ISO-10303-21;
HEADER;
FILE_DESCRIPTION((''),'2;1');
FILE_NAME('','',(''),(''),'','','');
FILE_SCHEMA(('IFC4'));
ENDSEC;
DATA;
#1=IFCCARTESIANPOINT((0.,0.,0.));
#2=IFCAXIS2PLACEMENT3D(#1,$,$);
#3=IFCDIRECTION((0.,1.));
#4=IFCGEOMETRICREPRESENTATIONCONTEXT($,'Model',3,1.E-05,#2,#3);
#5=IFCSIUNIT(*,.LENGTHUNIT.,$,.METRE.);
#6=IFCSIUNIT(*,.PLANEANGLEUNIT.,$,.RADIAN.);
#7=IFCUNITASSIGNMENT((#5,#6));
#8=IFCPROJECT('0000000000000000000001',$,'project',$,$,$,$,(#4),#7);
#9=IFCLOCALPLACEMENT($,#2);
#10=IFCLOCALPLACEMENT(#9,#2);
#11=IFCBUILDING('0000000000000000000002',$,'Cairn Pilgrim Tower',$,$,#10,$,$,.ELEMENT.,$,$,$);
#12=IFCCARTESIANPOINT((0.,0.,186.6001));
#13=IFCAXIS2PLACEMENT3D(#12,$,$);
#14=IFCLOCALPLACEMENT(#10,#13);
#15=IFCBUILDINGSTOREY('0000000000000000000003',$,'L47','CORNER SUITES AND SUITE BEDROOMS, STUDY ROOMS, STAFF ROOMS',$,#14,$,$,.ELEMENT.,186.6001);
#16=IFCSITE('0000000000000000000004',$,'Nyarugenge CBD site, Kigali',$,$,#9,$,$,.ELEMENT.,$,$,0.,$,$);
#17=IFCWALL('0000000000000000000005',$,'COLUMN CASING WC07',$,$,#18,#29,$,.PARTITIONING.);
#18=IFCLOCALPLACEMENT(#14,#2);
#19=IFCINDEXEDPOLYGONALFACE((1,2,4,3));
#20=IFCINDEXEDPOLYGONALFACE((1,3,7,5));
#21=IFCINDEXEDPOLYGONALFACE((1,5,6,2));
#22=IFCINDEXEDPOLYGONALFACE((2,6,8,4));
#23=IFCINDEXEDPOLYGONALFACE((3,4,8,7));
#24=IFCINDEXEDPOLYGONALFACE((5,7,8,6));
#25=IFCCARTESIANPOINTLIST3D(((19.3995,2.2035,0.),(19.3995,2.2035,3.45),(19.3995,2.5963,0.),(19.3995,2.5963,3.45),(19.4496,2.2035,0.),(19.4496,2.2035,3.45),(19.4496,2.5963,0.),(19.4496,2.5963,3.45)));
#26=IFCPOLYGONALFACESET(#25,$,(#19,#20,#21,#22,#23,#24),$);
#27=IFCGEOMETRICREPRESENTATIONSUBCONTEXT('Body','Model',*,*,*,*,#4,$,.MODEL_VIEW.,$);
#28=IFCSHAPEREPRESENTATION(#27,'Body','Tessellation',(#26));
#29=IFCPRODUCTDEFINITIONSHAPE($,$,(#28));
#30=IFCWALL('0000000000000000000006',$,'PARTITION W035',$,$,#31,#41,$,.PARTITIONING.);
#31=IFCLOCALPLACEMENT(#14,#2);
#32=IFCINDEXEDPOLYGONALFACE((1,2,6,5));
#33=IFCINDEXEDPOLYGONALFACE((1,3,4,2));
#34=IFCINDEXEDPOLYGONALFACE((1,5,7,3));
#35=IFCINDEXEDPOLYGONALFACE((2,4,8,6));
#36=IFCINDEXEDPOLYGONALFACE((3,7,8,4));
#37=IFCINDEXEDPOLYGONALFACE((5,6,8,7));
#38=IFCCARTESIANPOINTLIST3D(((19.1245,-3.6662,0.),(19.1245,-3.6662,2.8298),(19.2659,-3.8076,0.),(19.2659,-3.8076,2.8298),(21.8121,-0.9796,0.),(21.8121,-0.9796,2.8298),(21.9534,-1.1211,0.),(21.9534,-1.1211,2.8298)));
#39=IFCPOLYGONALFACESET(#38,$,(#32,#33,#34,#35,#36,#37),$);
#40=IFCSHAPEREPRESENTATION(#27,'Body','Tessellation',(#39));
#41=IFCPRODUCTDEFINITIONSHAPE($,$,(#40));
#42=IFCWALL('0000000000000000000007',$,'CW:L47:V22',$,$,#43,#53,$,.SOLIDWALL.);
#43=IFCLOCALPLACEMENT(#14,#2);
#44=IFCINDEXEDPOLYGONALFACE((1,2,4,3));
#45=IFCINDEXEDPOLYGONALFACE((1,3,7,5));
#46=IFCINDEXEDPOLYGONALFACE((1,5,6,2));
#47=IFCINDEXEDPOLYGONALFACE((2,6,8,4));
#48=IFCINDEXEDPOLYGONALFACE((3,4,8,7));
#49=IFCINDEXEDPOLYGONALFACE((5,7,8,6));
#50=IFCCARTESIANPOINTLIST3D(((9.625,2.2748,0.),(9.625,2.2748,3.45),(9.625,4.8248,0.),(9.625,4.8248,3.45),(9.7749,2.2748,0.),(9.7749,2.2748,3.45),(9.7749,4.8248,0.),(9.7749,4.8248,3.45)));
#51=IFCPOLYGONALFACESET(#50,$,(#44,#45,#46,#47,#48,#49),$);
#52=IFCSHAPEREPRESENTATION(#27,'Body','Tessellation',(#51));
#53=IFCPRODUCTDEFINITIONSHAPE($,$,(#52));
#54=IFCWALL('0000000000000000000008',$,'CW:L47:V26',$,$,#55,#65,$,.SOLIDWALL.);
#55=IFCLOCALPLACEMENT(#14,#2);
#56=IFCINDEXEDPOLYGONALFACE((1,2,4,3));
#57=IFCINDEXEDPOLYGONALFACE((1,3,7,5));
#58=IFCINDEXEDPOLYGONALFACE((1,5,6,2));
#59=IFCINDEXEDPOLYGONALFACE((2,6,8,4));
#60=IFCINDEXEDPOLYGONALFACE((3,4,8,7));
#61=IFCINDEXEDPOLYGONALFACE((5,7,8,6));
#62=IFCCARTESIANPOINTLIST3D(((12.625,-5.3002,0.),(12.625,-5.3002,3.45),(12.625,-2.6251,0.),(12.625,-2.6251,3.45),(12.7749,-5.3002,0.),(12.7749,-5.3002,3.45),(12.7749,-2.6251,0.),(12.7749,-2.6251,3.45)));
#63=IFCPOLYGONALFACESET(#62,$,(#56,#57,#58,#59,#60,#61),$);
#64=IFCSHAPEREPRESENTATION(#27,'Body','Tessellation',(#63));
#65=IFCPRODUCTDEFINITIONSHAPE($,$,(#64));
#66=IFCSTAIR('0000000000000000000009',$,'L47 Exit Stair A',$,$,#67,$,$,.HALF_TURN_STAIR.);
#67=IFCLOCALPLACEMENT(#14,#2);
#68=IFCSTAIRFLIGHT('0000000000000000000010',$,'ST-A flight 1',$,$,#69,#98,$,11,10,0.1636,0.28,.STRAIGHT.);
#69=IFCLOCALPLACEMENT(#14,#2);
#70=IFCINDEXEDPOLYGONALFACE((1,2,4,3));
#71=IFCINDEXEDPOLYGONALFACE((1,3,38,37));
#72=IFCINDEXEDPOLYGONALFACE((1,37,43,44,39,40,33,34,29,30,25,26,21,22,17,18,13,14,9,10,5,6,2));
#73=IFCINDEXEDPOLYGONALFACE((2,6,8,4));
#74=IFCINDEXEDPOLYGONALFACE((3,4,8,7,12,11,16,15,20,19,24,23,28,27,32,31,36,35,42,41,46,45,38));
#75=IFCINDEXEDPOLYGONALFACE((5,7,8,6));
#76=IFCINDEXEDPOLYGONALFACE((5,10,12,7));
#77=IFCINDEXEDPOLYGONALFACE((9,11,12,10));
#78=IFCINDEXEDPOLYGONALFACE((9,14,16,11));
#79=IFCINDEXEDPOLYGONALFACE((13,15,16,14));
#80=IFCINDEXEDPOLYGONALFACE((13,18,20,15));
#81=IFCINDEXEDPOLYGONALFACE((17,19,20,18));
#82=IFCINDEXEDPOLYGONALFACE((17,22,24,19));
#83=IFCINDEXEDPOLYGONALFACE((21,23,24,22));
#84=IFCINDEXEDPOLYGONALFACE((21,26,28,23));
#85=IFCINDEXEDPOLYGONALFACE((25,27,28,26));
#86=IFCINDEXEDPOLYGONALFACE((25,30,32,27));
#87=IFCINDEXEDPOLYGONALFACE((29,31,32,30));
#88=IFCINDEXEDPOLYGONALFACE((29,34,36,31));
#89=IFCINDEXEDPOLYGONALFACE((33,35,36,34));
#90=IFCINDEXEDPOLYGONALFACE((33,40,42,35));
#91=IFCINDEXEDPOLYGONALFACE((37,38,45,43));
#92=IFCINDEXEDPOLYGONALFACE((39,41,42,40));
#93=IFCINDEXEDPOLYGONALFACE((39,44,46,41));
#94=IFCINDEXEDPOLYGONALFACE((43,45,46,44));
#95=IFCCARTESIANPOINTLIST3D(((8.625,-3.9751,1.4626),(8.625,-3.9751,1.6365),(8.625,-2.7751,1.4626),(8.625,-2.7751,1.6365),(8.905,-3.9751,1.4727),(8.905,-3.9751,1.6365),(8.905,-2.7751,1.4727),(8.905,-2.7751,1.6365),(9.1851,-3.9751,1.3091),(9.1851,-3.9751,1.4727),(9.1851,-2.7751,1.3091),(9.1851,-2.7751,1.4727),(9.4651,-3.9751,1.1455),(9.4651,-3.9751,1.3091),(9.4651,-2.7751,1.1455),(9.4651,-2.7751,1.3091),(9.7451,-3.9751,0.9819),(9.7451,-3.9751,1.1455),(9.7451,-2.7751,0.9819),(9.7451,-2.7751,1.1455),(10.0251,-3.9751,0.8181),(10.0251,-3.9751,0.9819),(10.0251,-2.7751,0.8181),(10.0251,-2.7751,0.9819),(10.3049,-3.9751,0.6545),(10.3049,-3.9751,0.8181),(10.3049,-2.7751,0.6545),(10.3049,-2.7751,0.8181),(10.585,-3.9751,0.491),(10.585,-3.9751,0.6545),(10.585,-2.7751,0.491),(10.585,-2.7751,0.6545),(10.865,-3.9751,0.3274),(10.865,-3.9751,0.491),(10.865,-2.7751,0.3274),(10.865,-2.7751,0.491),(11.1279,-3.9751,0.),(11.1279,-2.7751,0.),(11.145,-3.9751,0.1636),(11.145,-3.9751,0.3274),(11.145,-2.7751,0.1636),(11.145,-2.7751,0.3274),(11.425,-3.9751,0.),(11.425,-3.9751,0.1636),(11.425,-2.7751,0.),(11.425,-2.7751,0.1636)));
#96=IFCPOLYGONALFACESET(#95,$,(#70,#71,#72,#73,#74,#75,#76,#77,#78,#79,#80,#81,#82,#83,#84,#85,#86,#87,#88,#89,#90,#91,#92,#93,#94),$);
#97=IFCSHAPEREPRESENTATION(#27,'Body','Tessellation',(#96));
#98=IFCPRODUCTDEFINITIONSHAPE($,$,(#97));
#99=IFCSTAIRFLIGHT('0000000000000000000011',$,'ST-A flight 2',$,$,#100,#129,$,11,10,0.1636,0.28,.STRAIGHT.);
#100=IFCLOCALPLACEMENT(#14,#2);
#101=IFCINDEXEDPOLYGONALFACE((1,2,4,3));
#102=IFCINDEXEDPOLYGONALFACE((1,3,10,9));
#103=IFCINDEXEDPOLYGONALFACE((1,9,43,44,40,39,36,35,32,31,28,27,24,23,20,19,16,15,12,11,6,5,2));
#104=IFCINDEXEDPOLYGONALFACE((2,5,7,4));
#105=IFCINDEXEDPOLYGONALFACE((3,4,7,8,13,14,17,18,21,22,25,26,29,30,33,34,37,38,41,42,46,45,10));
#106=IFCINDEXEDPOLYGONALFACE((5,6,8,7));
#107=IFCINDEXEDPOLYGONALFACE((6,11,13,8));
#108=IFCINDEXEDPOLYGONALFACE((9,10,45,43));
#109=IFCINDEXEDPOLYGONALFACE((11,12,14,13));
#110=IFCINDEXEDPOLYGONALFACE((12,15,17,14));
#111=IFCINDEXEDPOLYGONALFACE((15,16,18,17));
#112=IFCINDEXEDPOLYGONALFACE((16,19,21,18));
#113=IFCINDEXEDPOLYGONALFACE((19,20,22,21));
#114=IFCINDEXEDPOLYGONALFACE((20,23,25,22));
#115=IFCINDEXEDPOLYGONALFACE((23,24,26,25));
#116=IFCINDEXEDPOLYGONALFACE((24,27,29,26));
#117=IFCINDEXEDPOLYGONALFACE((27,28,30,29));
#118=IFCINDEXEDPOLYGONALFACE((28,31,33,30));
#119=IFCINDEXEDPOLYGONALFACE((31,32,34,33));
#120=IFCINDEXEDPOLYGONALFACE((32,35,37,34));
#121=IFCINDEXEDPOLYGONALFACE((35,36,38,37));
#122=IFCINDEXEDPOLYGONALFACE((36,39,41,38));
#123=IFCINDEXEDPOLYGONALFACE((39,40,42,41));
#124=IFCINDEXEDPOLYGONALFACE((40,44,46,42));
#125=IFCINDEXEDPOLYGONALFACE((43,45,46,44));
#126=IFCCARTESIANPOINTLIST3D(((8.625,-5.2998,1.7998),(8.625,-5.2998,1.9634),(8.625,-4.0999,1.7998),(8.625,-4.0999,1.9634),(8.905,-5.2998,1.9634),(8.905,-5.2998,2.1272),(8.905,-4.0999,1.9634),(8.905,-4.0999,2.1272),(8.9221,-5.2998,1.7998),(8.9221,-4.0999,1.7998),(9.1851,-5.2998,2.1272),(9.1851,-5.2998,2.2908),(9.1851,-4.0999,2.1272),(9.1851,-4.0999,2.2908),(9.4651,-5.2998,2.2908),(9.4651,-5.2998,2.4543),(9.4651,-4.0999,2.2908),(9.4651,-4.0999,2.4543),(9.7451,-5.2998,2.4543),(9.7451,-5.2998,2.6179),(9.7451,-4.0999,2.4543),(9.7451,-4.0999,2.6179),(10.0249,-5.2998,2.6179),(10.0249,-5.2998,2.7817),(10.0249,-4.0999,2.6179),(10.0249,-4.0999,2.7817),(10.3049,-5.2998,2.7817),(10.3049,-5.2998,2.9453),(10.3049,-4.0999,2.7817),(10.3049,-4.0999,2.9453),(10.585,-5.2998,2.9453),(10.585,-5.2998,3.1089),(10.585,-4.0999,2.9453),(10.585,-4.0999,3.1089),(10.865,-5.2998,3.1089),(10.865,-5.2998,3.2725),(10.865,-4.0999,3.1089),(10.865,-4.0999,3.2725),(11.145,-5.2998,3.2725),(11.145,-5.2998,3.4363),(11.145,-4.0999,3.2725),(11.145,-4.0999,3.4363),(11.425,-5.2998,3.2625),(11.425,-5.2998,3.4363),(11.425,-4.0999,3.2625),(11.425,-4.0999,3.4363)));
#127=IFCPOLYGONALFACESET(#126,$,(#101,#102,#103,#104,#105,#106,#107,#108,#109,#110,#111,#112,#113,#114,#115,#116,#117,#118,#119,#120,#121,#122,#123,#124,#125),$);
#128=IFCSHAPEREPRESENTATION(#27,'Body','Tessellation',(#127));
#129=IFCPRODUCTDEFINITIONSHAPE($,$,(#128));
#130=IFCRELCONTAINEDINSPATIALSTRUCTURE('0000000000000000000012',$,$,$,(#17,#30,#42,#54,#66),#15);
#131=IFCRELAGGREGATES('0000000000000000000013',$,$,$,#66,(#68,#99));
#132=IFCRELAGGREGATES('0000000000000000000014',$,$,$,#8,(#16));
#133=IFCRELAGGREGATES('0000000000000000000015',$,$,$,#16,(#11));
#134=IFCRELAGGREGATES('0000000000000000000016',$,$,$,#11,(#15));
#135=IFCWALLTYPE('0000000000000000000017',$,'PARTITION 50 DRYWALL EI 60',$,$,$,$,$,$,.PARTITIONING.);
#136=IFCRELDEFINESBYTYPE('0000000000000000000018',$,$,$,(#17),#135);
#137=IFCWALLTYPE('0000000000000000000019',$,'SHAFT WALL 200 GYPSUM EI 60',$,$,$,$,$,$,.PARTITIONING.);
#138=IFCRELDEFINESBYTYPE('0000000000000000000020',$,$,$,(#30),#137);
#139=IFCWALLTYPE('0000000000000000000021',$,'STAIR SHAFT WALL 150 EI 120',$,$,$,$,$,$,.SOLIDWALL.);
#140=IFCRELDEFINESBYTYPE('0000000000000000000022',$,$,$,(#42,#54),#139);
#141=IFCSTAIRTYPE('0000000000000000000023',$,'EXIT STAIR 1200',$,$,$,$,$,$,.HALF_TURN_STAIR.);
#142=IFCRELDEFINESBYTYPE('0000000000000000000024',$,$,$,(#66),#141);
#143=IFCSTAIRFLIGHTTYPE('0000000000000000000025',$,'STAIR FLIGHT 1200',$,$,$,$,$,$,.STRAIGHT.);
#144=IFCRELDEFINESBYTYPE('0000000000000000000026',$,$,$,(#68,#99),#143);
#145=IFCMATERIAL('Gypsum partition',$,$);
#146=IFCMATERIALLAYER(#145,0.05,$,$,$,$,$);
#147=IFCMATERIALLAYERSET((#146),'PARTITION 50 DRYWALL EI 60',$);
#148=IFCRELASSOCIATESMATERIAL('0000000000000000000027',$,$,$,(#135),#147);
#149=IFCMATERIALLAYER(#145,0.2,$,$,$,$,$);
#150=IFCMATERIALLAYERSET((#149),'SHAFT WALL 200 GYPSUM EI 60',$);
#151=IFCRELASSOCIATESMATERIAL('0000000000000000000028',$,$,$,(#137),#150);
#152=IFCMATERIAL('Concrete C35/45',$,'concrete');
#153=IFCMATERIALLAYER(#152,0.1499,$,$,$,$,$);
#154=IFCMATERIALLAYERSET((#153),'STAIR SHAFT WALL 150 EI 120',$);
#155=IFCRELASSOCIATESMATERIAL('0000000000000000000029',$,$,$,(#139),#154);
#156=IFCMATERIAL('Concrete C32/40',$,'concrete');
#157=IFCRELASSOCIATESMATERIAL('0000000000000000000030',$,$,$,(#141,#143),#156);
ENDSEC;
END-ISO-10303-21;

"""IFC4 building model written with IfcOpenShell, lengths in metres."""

from ifc_helpers import new_model, si_unit, direction, frame, frame_2d, origin, place, context, subcontext, project, spatial, polyline, rectangle, outline, extrude, material, layer, layer_set, type_object, element, aggregate, save


model = new_model("IFC4")

# Units and contexts
model_context = context("Model", 3, precision=1e-05, world=origin(), true_north=direction((0.0, 1.0)))
body_context = subcontext(model_context, "Body", "Model", "MODEL_VIEW")
ifc_project = project(units=[si_unit("LENGTHUNIT", "METRE"), si_unit("PLANEANGLEUNIT", "RADIAN")], contexts=[model_context])

# Site, building, storey
site_placement = place(None, origin())
site = spatial("IfcSite", under=ifc_project, at=site_placement, Name="Nyarugenge CBD site, Kigali", CompositionType="ELEMENT", RefElevation=0.0)
building_placement = place(site_placement, origin())
building = spatial("IfcBuilding", under=site, at=building_placement, Name="Cairn Pilgrim Tower", CompositionType="ELEMENT")
storey_placement = place(building_placement, frame((0.0, 0.0, 186.6001)))
storey = spatial("IfcBuildingStorey", under=building, at=storey_placement, Name="L47", Description="CORNER SUITES AND SUITE BEDROOMS, STUDY ROOMS, STAFF ROOMS", CompositionType="ELEMENT", Elevation=186.6001)

# Shared definitions
ifc_material_1 = material(Name="Concrete C32/40", Category="concrete")

# Shared definitions
ifc_material_2 = material(Name="Gypsum partition")

# Walls
ifc_layer_1 = layer(ifc_material_2, 0.05)
ifc_layer_set_1 = layer_set([ifc_layer_1], Name="PARTITION 50 DRYWALL EI 60")
wall_type_1 = type_object("IfcWallType", Name="PARTITION 50 DRYWALL EI 60", PredefinedType="PARTITIONING", material=ifc_layer_set_1)
wall_1_placement = place(storey_placement, frame((19.4246, 2.2036, 0.0), z_axis=(0.0, 0.0, 1.0), x_axis=(0.0, 1.0, 0.0)))
element("IfcWall", 1, at=wall_1_placement, inside=storey, type_object=wall_type_1, Name="COLUMN CASING WC07", PredefinedType="PARTITIONING", context=body_context, shape_type="SweptSolid", body=[
    extrude(rectangle(XDim=0.3928, YDim=0.05, at=frame_2d((0.1963, 0.0))), origin(), (0.0, 0.0, 1.0), 3.45),
])
ifc_layer_2 = layer(ifc_material_2, 0.2)
ifc_layer_set_2 = layer_set([ifc_layer_2], Name="SHAFT WALL 200 GYPSUM EI 60")
wall_type_2 = type_object("IfcWallType", Name="SHAFT WALL 200 GYPSUM EI 60", PredefinedType="PARTITIONING", material=ifc_layer_set_2)
wall_2_placement = place(storey_placement, frame((19.1953, -3.7368, 0.0), z_axis=(0.0, 0.0, 1.0), x_axis=(0.707235, 0.706978, 0.0)))
element("IfcWall", 2, at=wall_2_placement, inside=storey, type_object=wall_type_2, Name="PARTITION W035", PredefinedType="PARTITIONING", context=body_context, shape_type="SweptSolid", body=[
    extrude(rectangle(XDim=3.8, YDim=0.2, at=frame_2d((1.8999, 0.0))), origin(), (0.0, 0.0, 1.0), 2.8298),
])
ifc_material_3 = material(Name="Concrete C35/45", Category="concrete")
ifc_layer_3 = layer(ifc_material_3, 0.1499)
ifc_layer_set_3 = layer_set([ifc_layer_3], Name="STAIR SHAFT WALL 150 EI 120")
wall_type_3 = type_object("IfcWallType", Name="STAIR SHAFT WALL 150 EI 120", PredefinedType="SOLIDWALL", material=ifc_layer_set_3)
wall_3_placement = place(storey_placement, frame((9.7, 2.2749, 0.0), z_axis=(0.0, 0.0, 1.0), x_axis=(0.0, 1.0, 0.0)))
element("IfcWall", 3, at=wall_3_placement, inside=storey, type_object=wall_type_3, Name="CW:L47:V22", PredefinedType="SOLIDWALL", context=body_context, shape_type="SweptSolid", body=[
    extrude(rectangle(XDim=2.55, YDim=0.1499, at=frame_2d((1.2749, 0.0))), origin(), (0.0, 0.0, 1.0), 3.45),
])
wall_4_placement = place(storey_placement, frame((12.7, -5.3, 0.0), z_axis=(0.0, 0.0, 1.0), x_axis=(0.0, 1.0, 0.0)))
element("IfcWall", 4, at=wall_4_placement, inside=storey, type_object=wall_type_3, Name="CW:L47:V26", PredefinedType="SOLIDWALL", context=body_context, shape_type="SweptSolid", body=[
    extrude(rectangle(XDim=2.675, YDim=0.1499, at=frame_2d((1.3374, 0.0))), origin(), (0.0, 0.0, 1.0), 3.45),
])

# Stair, stair flights
stair_type = type_object("IfcStairType", Name="EXIT STAIR 1200", PredefinedType="HALF_TURN_STAIR", material=ifc_material_1)
stair_placement = place(storey_placement, origin())
stair = element("IfcStair", 5, at=stair_placement, inside=storey, type_object=stair_type, Name="L47 Exit Stair A", PredefinedType="HALF_TURN_STAIR")
stair_flight_type = type_object("IfcStairFlightType", Name="STAIR FLIGHT 1200", PredefinedType="STRAIGHT", material=ifc_material_1)
stair_flight_1_placement = place(storey_placement, frame((11.425, -3.375, 0.0), z_axis=(0.0, 0.0, 1.0), x_axis=(-1.0, 0.0, 0.0)))
stair_flight_1 = element("IfcStairFlight", 6, at=stair_flight_1_placement, type_object=stair_flight_type, Name="ST-A flight 1", NumberOfRisers=11, NumberOfTreads=10, PredefinedType="STRAIGHT", RiserHeight=0.1636, TreadLength=0.28, context=body_context, shape_type="SweptSolid", body=[
    extrude(outline(polyline([(0.0, 0.0), (0.0, 0.1636), (0.28, 0.1636), (0.28, 0.3274), (0.5601, 0.3274), (0.5601, 0.491), (0.8401, 0.491), (0.8401, 0.6545), (1.1201, 0.6545), (1.1201, 0.8181), (1.3999, 0.8181), (1.3999, 0.9819), (1.6799, 0.9819), (1.6799, 1.1455), (1.96, 1.1455), (1.96, 1.3091), (2.24, 1.3091), (2.24, 1.4727), (2.52, 1.4727), (2.52, 1.6365), (2.8, 1.6365), (2.8, 1.8), (2.8, 1.4626), (0.2971, 0.0), (0.0, 0.0)])), frame((0.0, 0.6001, 0.0), z_axis=(0.0, -1.0, 0.0), x_axis=(1.0, 0.0, 0.0)), (0.0, 0.0, 1.0), 1.2),
])
stair_flight_2_placement = place(storey_placement, frame((8.625, -4.7, 1.7998), z_axis=(0.0, 0.0, 1.0), x_axis=(1.0, 0.0, 0.0)))
stair_flight_2 = element("IfcStairFlight", 7, at=stair_flight_2_placement, type_object=stair_flight_type, Name="ST-A flight 2", NumberOfRisers=11, NumberOfTreads=10, PredefinedType="STRAIGHT", RiserHeight=0.1636, TreadLength=0.28, context=body_context, shape_type="SweptSolid", body=[
    extrude(outline(polyline([(0.0, 0.0), (0.0, 0.1636), (0.28, 0.1636), (0.28, 0.3274), (0.5601, 0.3274), (0.5601, 0.491), (0.8401, 0.491), (0.8401, 0.6545), (1.1201, 0.6545), (1.1201, 0.8181), (1.3999, 0.8181), (1.3999, 0.9819), (1.6799, 0.9819), (1.6799, 1.1455), (1.96, 1.1455), (1.96, 1.3091), (2.24, 1.3091), (2.24, 1.4727), (2.52, 1.4727), (2.52, 1.6365), (2.8, 1.6365), (2.8, 1.8), (2.8, 1.4626), (0.2971, 0.0), (0.0, 0.0)])), frame((0.0, 0.6001, 0.0), z_axis=(0.0, -1.0, 0.0), x_axis=(1.0, 0.0, 0.0)), (0.0, 0.0, 1.0), 1.2),
])
aggregate(stair, [stair_flight_1, stair_flight_2])

save(model, "model.ifc")
